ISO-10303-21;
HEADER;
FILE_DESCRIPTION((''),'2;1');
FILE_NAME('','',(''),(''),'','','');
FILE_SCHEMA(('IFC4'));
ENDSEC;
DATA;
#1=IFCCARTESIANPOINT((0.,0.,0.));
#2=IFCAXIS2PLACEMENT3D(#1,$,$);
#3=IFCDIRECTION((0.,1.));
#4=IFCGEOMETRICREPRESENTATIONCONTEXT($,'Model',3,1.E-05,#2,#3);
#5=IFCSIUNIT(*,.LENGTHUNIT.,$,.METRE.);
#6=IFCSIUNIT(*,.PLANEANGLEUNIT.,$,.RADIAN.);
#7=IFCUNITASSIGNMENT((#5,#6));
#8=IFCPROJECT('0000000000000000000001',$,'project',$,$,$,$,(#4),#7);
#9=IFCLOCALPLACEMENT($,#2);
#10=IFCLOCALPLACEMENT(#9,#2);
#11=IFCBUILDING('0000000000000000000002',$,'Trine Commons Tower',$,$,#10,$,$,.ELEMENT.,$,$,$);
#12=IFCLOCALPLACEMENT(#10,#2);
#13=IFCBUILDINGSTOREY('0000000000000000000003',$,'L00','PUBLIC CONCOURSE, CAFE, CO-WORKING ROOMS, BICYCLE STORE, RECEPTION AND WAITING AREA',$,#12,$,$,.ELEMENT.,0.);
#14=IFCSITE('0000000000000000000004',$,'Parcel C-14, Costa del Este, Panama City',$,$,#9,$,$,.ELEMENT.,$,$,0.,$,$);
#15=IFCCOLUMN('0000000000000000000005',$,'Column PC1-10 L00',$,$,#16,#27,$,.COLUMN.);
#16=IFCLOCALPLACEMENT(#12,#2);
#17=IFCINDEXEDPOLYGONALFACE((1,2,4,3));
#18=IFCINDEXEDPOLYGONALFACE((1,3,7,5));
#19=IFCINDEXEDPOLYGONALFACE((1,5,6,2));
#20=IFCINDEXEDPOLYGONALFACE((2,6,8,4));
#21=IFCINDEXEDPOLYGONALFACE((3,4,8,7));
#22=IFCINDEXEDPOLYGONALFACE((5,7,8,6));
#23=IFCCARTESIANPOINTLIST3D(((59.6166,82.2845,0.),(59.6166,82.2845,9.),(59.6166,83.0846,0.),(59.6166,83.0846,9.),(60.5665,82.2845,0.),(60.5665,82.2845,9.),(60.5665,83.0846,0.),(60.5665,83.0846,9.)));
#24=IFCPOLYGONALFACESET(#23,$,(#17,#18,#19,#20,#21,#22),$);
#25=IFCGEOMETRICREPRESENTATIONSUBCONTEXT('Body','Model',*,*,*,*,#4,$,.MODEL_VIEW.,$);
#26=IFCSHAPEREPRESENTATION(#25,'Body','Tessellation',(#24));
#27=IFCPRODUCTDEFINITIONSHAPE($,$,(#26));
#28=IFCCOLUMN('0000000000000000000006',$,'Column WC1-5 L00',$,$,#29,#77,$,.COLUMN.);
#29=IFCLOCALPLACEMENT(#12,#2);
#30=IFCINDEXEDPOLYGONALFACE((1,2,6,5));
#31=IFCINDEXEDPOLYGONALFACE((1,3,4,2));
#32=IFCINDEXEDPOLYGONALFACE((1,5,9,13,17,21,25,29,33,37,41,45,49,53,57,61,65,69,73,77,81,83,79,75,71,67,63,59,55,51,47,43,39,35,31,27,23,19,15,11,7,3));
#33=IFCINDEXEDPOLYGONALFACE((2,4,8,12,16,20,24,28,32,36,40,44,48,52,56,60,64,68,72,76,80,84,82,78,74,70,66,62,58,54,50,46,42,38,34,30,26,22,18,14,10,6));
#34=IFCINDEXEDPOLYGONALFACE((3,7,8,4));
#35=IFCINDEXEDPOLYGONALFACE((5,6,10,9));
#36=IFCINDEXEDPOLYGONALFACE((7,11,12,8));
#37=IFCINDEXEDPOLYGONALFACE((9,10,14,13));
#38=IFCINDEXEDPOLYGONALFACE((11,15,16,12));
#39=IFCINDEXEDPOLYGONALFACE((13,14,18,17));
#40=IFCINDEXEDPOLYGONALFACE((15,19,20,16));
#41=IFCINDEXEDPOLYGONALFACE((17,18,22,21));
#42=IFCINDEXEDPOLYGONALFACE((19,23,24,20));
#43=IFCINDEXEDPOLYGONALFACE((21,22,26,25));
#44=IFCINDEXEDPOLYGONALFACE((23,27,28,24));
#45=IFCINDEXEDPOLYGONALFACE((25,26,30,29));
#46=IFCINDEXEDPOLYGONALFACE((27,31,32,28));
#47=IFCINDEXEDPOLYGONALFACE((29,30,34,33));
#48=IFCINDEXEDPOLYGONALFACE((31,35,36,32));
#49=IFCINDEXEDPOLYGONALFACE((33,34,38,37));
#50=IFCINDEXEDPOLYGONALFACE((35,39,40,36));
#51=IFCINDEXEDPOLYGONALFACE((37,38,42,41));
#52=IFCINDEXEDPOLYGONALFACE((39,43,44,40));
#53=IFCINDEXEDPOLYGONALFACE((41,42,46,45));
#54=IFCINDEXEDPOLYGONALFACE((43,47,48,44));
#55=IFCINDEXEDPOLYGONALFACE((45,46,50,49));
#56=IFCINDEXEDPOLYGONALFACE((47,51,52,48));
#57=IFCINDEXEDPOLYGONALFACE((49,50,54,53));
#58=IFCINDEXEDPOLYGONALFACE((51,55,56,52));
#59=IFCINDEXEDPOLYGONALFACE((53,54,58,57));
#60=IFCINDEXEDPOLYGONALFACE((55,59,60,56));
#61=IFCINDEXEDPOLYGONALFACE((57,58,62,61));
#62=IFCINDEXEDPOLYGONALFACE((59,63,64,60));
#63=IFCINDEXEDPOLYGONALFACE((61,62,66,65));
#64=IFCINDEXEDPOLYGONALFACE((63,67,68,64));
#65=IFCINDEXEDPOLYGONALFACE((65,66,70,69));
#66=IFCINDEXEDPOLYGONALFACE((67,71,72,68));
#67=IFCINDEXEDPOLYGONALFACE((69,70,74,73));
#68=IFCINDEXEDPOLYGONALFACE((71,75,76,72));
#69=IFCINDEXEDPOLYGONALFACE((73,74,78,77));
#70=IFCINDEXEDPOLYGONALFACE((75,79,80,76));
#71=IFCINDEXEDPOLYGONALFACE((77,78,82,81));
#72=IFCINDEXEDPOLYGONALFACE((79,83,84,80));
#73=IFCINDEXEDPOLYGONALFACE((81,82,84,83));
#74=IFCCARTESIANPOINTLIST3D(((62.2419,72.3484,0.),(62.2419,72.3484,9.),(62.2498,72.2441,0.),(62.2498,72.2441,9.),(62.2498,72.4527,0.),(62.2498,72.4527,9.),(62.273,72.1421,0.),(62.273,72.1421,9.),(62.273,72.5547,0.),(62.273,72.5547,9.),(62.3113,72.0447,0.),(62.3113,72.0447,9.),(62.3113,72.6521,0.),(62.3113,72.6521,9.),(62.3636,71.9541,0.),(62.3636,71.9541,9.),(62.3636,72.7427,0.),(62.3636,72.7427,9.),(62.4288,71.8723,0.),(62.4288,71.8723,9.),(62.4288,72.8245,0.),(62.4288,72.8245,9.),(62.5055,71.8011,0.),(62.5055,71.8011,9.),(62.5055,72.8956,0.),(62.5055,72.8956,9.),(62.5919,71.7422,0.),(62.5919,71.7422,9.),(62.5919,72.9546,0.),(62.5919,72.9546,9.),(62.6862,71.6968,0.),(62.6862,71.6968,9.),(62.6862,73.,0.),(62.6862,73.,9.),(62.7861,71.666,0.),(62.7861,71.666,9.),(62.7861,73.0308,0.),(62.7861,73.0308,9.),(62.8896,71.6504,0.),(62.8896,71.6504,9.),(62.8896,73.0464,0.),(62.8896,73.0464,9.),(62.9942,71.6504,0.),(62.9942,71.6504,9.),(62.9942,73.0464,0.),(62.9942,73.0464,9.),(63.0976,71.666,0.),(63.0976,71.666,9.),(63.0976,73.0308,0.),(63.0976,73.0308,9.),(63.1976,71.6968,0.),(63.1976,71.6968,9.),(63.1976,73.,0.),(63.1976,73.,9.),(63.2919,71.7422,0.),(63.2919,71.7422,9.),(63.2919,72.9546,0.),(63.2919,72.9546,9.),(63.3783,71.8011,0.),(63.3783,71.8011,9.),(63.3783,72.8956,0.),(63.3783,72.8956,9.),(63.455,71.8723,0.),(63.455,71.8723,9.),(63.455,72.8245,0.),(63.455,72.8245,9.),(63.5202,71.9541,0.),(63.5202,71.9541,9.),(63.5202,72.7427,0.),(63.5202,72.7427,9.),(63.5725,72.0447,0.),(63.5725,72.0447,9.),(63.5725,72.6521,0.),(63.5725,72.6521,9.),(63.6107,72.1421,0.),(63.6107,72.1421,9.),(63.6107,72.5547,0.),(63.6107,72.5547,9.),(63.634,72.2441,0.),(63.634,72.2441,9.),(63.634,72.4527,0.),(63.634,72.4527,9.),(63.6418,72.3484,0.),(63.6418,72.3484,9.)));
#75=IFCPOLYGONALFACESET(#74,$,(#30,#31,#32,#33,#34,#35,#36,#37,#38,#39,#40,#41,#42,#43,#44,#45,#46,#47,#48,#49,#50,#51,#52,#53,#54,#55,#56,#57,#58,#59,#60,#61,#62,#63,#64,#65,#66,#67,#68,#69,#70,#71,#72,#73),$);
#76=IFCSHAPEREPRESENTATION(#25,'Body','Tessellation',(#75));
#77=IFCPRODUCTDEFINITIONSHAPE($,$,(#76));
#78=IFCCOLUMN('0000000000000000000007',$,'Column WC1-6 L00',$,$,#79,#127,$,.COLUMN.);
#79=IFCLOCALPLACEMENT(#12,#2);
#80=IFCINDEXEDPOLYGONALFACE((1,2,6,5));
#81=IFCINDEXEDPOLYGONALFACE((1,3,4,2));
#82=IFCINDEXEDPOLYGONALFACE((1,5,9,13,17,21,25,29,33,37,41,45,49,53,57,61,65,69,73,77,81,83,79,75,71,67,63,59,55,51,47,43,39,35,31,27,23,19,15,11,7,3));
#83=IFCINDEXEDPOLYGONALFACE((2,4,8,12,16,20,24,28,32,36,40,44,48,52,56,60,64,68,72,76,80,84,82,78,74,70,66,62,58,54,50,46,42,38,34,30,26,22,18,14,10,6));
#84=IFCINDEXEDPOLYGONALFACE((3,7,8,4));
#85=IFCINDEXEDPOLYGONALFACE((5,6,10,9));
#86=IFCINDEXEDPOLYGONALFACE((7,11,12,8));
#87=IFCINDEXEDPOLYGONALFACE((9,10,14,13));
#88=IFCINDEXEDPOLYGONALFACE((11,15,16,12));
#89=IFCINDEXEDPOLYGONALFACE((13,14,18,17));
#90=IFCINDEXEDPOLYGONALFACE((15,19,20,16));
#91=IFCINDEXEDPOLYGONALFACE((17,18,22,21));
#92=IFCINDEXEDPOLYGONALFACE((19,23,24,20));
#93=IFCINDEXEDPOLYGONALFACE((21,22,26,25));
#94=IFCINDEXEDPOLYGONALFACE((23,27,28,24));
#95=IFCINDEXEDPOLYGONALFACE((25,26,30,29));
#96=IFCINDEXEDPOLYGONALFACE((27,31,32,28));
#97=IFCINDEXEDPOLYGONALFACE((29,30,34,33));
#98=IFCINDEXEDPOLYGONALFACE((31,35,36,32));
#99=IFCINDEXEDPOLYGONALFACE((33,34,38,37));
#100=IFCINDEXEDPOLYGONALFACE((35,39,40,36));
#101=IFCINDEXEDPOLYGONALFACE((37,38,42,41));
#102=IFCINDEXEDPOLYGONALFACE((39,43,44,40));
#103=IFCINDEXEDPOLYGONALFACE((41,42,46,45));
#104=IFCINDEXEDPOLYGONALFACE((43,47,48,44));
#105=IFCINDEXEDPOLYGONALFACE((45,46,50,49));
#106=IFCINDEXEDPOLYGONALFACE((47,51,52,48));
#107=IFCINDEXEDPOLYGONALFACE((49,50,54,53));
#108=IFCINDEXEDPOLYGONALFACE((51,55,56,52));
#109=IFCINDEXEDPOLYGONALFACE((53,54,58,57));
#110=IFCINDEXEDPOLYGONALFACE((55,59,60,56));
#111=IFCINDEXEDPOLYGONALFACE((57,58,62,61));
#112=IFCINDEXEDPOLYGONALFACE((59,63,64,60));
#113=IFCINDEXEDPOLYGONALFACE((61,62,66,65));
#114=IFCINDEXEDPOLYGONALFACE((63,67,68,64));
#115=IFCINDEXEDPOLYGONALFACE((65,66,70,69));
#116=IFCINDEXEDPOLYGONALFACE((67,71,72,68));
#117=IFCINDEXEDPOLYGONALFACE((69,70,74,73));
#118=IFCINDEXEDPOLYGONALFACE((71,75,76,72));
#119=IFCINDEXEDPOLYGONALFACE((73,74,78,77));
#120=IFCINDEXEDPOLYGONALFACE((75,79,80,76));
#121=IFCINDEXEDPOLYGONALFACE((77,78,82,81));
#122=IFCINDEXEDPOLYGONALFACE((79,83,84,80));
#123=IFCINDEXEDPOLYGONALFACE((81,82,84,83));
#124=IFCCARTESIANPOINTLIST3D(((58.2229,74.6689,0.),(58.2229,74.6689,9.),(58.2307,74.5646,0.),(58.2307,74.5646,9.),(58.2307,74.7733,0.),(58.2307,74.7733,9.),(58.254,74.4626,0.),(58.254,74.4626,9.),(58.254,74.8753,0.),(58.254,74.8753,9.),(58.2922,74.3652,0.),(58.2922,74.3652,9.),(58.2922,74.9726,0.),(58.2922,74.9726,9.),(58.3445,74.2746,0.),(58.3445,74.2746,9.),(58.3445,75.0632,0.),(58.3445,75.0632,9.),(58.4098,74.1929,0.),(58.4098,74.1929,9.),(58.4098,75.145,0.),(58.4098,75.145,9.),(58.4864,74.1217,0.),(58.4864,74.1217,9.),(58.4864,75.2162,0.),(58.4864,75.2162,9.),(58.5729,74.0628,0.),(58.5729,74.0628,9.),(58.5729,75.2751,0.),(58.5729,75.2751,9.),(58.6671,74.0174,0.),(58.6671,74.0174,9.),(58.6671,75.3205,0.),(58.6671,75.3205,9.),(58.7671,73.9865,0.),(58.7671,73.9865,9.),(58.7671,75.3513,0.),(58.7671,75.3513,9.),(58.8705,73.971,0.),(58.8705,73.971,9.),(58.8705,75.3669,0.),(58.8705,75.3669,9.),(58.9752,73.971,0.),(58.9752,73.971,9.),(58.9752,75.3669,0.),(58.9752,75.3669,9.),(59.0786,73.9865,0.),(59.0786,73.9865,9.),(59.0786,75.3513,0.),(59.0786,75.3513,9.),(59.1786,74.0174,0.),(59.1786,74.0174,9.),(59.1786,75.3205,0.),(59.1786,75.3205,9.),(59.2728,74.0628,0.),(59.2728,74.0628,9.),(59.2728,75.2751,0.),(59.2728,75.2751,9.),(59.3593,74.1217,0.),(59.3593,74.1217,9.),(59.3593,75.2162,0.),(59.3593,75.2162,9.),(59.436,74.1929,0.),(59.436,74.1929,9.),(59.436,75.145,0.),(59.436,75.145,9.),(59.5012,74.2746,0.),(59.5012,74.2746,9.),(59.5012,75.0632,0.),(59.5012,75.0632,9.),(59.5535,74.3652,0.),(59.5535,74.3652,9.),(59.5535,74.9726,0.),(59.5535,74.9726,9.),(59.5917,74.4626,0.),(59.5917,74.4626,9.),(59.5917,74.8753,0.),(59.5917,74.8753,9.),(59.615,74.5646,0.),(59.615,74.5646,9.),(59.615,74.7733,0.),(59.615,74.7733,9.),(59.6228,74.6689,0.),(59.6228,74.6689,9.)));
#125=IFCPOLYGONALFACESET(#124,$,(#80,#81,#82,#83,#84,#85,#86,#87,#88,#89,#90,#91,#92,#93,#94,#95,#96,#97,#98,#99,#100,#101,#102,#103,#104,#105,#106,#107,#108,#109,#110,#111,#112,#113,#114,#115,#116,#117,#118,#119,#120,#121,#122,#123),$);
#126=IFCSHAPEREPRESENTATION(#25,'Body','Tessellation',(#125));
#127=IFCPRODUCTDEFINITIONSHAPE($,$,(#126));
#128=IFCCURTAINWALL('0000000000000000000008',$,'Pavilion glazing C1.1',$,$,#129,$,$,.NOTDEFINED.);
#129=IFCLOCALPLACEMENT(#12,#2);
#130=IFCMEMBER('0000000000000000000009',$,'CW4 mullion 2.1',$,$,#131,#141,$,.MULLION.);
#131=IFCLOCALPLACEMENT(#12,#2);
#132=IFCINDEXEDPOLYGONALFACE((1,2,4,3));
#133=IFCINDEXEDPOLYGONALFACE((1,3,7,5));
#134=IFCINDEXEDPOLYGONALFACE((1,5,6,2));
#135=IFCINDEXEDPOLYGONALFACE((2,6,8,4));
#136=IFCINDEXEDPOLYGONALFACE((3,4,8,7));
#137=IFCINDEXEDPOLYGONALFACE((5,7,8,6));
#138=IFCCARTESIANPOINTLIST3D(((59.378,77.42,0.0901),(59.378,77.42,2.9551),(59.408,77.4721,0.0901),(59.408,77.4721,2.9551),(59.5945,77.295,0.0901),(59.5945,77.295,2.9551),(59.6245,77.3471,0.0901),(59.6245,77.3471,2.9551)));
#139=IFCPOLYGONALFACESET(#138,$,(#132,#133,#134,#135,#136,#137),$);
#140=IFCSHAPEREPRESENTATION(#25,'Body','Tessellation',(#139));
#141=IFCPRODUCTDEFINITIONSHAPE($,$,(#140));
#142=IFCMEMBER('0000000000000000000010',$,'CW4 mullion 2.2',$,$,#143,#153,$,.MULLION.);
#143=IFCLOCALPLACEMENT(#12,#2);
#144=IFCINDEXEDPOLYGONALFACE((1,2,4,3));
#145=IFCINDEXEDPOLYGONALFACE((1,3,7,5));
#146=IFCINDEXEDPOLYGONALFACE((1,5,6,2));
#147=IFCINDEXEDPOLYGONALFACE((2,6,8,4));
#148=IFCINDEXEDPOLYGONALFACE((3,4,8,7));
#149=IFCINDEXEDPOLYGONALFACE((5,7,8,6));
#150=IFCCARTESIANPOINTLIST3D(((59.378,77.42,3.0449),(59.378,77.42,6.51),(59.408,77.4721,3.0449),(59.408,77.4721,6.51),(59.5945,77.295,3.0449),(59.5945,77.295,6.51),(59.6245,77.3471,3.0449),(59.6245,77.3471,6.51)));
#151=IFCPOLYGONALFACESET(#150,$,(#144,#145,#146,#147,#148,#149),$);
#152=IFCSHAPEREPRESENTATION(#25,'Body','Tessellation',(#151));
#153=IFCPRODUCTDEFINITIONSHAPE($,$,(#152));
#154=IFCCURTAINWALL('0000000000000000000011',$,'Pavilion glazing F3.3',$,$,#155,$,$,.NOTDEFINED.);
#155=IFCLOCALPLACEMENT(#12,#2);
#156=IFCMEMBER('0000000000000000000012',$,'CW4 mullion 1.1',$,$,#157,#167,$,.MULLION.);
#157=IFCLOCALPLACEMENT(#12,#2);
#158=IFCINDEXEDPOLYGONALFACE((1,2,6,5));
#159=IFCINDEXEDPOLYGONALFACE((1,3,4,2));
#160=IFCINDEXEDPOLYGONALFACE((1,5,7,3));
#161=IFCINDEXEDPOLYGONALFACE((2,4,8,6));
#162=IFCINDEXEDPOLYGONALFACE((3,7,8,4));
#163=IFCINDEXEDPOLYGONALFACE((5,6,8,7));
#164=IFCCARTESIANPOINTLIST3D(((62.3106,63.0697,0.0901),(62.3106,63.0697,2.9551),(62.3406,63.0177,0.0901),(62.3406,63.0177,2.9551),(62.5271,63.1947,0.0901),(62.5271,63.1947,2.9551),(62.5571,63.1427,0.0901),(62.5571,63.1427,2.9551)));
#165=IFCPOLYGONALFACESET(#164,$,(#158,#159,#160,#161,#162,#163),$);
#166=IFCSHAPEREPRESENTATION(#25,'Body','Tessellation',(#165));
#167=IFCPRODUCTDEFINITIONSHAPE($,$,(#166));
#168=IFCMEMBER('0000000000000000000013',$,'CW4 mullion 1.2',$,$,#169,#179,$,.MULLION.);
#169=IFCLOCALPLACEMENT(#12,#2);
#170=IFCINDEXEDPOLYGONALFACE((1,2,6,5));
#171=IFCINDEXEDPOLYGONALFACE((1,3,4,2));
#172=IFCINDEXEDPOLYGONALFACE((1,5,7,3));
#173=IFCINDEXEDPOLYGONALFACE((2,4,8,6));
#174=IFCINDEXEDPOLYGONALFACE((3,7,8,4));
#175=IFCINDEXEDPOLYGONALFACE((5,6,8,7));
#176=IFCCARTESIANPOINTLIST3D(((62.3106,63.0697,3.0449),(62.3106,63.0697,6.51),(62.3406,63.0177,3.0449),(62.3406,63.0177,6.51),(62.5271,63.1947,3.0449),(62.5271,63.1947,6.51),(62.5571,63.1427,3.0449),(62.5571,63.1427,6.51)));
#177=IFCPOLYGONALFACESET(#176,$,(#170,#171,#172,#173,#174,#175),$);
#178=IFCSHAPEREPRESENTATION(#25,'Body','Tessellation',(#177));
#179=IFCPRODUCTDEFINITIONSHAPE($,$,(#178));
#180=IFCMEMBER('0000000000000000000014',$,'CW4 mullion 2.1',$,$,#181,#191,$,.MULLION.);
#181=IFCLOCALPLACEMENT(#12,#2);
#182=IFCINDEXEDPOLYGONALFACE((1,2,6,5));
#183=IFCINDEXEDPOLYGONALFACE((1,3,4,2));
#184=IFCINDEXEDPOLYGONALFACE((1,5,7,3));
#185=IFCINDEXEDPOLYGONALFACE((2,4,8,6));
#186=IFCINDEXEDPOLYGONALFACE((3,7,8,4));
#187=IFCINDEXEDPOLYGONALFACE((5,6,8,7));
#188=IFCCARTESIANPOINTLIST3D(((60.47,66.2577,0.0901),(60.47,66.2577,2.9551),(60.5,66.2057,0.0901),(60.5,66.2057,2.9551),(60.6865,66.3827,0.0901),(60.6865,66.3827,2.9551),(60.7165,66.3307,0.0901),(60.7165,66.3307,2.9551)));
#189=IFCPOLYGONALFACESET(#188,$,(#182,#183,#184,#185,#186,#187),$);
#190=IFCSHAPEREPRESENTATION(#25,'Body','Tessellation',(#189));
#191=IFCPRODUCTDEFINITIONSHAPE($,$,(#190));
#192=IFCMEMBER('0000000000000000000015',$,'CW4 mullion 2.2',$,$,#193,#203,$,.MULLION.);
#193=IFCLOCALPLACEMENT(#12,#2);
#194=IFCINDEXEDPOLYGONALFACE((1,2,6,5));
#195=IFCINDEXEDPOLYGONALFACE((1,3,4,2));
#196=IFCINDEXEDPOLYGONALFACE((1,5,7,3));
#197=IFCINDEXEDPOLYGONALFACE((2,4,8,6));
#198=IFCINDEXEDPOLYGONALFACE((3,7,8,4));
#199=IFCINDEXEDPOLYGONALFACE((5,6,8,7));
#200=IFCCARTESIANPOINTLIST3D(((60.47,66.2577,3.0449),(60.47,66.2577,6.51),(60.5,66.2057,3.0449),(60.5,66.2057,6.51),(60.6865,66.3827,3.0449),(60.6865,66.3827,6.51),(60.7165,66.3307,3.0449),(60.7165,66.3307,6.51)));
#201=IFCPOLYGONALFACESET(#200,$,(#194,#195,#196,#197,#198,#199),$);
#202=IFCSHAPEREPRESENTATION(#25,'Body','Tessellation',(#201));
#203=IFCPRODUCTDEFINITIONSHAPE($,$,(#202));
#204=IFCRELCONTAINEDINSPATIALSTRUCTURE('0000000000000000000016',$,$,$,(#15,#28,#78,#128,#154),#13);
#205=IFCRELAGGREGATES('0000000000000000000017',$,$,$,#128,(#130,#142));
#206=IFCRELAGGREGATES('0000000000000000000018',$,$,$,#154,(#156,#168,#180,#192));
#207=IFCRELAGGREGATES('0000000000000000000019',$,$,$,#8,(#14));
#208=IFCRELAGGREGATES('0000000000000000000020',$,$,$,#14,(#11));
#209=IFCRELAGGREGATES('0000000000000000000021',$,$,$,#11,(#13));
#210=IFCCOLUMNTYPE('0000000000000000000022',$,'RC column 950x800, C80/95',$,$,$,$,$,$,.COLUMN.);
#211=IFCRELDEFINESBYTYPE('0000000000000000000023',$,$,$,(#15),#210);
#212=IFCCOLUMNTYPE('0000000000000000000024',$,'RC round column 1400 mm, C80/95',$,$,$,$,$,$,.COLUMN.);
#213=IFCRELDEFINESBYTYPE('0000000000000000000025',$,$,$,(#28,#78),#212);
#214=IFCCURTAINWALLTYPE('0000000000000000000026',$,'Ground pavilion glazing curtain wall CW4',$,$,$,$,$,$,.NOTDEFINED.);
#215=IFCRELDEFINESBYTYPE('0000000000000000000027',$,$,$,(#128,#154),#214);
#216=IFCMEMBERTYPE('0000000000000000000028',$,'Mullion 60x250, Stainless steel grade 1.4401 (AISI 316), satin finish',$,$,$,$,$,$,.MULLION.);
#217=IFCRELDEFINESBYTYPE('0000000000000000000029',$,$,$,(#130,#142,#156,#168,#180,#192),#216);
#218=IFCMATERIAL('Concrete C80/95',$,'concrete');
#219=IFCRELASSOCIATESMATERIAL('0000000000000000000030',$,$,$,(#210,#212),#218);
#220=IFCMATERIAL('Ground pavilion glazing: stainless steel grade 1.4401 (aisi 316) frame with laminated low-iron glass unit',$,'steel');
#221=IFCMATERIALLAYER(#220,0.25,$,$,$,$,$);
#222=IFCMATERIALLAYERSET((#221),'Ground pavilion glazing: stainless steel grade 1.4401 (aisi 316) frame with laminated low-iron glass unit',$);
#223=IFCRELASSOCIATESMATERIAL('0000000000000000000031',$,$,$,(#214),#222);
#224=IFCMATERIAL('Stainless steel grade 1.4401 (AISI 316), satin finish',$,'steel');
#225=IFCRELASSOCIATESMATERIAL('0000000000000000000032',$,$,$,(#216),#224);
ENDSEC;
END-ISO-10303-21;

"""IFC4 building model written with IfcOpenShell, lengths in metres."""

from ifc_helpers import new_model, si_unit, direction, frame, origin, origin_2d, place, context, subcontext, project, spatial, rectangle, circle, extrude, material, layer, layer_set, material_profile, profile_set, type_object, element, aggregate, save


model = new_model("IFC4")

# Units and contexts
model_context = context("Model", 3, precision=1e-05, world=origin(), true_north=direction((0.0, 1.0)))
body_context = subcontext(model_context, "Body", "Model", "MODEL_VIEW")
ifc_project = project(units=[si_unit("LENGTHUNIT", "METRE"), si_unit("PLANEANGLEUNIT", "RADIAN")], contexts=[model_context])

# Site, building, storey
site_placement = place(None, origin())
site = spatial("IfcSite", under=ifc_project, at=site_placement, Name="Parcel C-14, Costa del Este, Panama City", CompositionType="ELEMENT", RefElevation=0.0)
building_placement = place(site_placement, origin())
building = spatial("IfcBuilding", under=site, at=building_placement, Name="Trine Commons Tower", CompositionType="ELEMENT")
storey_placement = place(building_placement, origin())
storey = spatial("IfcBuildingStorey", under=building, at=storey_placement, Name="L00", Description="PUBLIC CONCOURSE, CAFE, CO-WORKING ROOMS, BICYCLE STORE, RECEPTION AND WAITING AREA", CompositionType="ELEMENT", Elevation=0.0)

# Columns
ifc_material_1 = material(Name="Concrete C80/95", Category="concrete")
ifc_material_profile_1 = material_profile(ifc_material_1, rectangle(XDim=0.95, YDim=0.8, at=origin_2d()), Name="RC 950x800")
ifc_profile_set_1 = profile_set([ifc_material_profile_1], Name="Concrete C80/95")
column_type_1 = type_object("IfcColumnType", Name="RC column 950x800, C80/95", PredefinedType="COLUMN", material=ifc_profile_set_1)
column_placement = place(storey_placement, frame((60.0916, 82.6846, 0.0), z_axis=(0.0, 0.0, 1.0), x_axis=(1.0, 0.0, 0.0)))
element("IfcColumn", 1, at=column_placement, inside=storey, type_object=column_type_1, Name="Column PC1-10 L00", PredefinedType="COLUMN", context=body_context, shape_type="SweptSolid", body=[
    extrude(rectangle(XDim=0.95, YDim=0.8, at=origin_2d()), origin(), (0.0, 0.0, 1.0), 9.0),
])
ifc_material_profile_2 = material_profile(ifc_material_1, circle(Radius=0.7, at=origin_2d()), Name="RC round 1400")
ifc_profile_set_2 = profile_set([ifc_material_profile_2], Name="Concrete C80/95")
column_type_2 = type_object("IfcColumnType", Name="RC round column 1400 mm, C80/95", PredefinedType="COLUMN", material=ifc_profile_set_2)
for number, where, z_axis, x_axis, name in (
    (2, (62.9419, 72.3484, 0.0), (0.0, 0.0, 1.0), (1.0, 0.0, 0.0), "Column WC1-5 L00"),
    (3, (58.9229, 74.6689, 0.0), (0.0, 0.0, 1.0), (1.0, 0.0, 0.0), "Column WC1-6 L00"),
):
    element("IfcColumn", number, at=place(storey_placement, frame(where, z_axis=z_axis, x_axis=x_axis)), inside=storey, type_object=column_type_2, Name=name, PredefinedType="COLUMN", context=body_context, shape_type="SweptSolid", body=[
        extrude(circle(Radius=0.7, at=origin_2d()), origin(), (0.0, 0.0, 1.0), 9.0),
    ])

# Curtain walls, members
ifc_material_2 = material(Name="Ground pavilion glazing: stainless steel grade 1.4401 (aisi 316) frame with laminated low-iron glass unit", Category="steel")
ifc_layer_1 = layer(ifc_material_2, 0.25)
ifc_layer_set_1 = layer_set([ifc_layer_1], Name="Ground pavilion glazing: stainless steel grade 1.4401 (aisi 316) frame with laminated low-iron glass unit")
curtain_wall_type = type_object("IfcCurtainWallType", Name="Ground pavilion glazing curtain wall CW4", PredefinedType="NOTDEFINED", material=ifc_layer_set_1)
curtain_wall_1_placement = place(storey_placement, origin())
curtain_wall_1 = element("IfcCurtainWall", 4, at=curtain_wall_1_placement, inside=storey, type_object=curtain_wall_type, Name="Pavilion glazing C1.1", PredefinedType="NOTDEFINED")
ifc_material_3 = material(Name="Stainless steel grade 1.4401 (AISI 316), satin finish", Category="steel")
ifc_material_profile_3 = material_profile(ifc_material_3, rectangle(XDim=0.25, YDim=0.0601, at=origin_2d()), Name="Mullion 60x250")
ifc_profile_set_3 = profile_set([ifc_material_profile_3], Name="Stainless steel grade 1.4401 (AISI 316), satin finish")
member_type_1 = type_object("IfcMemberType", Name="Mullion 60x250, Stainless steel grade 1.4401 (AISI 316), satin finish", PredefinedType="MULLION", material=ifc_profile_set_3)
member_1_placement = place(storey_placement, frame((59.5012, 77.3835, 0.0901), z_axis=(0.0, 0.0, 1.0), x_axis=(-0.866025, 0.5, 0.0)))
member_1 = element("IfcMember", 5, at=member_1_placement, type_object=member_type_1, Name="CW4 mullion 2.1", PredefinedType="MULLION", context=body_context, shape_type="SweptSolid", body=[
    extrude(rectangle(XDim=0.25, YDim=0.0601, at=origin_2d()), origin(), (0.0, 0.0, 1.0), 2.865),
])
member_2_placement = place(storey_placement, frame((59.5012, 77.3835, 3.0449), z_axis=(0.0, 0.0, 1.0), x_axis=(-0.866025, 0.5, 0.0)))
member_2 = element("IfcMember", 6, at=member_2_placement, type_object=member_type_1, Name="CW4 mullion 2.2", PredefinedType="MULLION", context=body_context, shape_type="SweptSolid", body=[
    extrude(rectangle(XDim=0.25, YDim=0.0601, at=origin_2d()), origin(), (0.0, 0.0, 1.0), 3.4651),
])
aggregate(curtain_wall_1, [member_1, member_2])
curtain_wall_2_placement = place(storey_placement, origin())
curtain_wall_2 = element("IfcCurtainWall", 7, at=curtain_wall_2_placement, inside=storey, type_object=curtain_wall_type, Name="Pavilion glazing F3.3", PredefinedType="NOTDEFINED")
member_3_placement = place(storey_placement, frame((62.4338, 63.1062, 0.0901), z_axis=(0.0, 0.0, 1.0), x_axis=(-0.866025, -0.5, 0.0)))
member_3 = element("IfcMember", 8, at=member_3_placement, type_object=member_type_1, Name="CW4 mullion 1.1", PredefinedType="MULLION", context=body_context, shape_type="SweptSolid", body=[
    extrude(rectangle(XDim=0.25, YDim=0.0601, at=origin_2d()), origin(), (0.0, 0.0, 1.0), 2.865),
])
member_4_placement = place(storey_placement, frame((62.4338, 63.1062, 3.0449), z_axis=(0.0, 0.0, 1.0), x_axis=(-0.866025, -0.5, 0.0)))
member_4 = element("IfcMember", 9, at=member_4_placement, type_object=member_type_1, Name="CW4 mullion 1.2", PredefinedType="MULLION", context=body_context, shape_type="SweptSolid", body=[
    extrude(rectangle(XDim=0.25, YDim=0.0601, at=origin_2d()), origin(), (0.0, 0.0, 1.0), 3.4651),
])
member_5_placement = place(storey_placement, frame((60.5933, 66.2942, 0.0901), z_axis=(0.0, 0.0, 1.0), x_axis=(-0.866025, -0.5, 0.0)))
member_5 = element("IfcMember", 10, at=member_5_placement, type_object=member_type_1, Name="CW4 mullion 2.1", PredefinedType="MULLION", context=body_context, shape_type="SweptSolid", body=[
    extrude(rectangle(XDim=0.25, YDim=0.0601, at=origin_2d()), origin(), (0.0, 0.0, 1.0), 2.865),
])
member_6_placement = place(storey_placement, frame((60.5933, 66.2942, 3.0449), z_axis=(0.0, 0.0, 1.0), x_axis=(-0.866025, -0.5, 0.0)))
member_6 = element("IfcMember", 11, at=member_6_placement, type_object=member_type_1, Name="CW4 mullion 2.2", PredefinedType="MULLION", context=body_context, shape_type="SweptSolid", body=[
    extrude(rectangle(XDim=0.25, YDim=0.0601, at=origin_2d()), origin(), (0.0, 0.0, 1.0), 3.4651),
])

aggregate(curtain_wall_2, [member_3, member_4, member_5, member_6])

save(model, "model.ifc")
